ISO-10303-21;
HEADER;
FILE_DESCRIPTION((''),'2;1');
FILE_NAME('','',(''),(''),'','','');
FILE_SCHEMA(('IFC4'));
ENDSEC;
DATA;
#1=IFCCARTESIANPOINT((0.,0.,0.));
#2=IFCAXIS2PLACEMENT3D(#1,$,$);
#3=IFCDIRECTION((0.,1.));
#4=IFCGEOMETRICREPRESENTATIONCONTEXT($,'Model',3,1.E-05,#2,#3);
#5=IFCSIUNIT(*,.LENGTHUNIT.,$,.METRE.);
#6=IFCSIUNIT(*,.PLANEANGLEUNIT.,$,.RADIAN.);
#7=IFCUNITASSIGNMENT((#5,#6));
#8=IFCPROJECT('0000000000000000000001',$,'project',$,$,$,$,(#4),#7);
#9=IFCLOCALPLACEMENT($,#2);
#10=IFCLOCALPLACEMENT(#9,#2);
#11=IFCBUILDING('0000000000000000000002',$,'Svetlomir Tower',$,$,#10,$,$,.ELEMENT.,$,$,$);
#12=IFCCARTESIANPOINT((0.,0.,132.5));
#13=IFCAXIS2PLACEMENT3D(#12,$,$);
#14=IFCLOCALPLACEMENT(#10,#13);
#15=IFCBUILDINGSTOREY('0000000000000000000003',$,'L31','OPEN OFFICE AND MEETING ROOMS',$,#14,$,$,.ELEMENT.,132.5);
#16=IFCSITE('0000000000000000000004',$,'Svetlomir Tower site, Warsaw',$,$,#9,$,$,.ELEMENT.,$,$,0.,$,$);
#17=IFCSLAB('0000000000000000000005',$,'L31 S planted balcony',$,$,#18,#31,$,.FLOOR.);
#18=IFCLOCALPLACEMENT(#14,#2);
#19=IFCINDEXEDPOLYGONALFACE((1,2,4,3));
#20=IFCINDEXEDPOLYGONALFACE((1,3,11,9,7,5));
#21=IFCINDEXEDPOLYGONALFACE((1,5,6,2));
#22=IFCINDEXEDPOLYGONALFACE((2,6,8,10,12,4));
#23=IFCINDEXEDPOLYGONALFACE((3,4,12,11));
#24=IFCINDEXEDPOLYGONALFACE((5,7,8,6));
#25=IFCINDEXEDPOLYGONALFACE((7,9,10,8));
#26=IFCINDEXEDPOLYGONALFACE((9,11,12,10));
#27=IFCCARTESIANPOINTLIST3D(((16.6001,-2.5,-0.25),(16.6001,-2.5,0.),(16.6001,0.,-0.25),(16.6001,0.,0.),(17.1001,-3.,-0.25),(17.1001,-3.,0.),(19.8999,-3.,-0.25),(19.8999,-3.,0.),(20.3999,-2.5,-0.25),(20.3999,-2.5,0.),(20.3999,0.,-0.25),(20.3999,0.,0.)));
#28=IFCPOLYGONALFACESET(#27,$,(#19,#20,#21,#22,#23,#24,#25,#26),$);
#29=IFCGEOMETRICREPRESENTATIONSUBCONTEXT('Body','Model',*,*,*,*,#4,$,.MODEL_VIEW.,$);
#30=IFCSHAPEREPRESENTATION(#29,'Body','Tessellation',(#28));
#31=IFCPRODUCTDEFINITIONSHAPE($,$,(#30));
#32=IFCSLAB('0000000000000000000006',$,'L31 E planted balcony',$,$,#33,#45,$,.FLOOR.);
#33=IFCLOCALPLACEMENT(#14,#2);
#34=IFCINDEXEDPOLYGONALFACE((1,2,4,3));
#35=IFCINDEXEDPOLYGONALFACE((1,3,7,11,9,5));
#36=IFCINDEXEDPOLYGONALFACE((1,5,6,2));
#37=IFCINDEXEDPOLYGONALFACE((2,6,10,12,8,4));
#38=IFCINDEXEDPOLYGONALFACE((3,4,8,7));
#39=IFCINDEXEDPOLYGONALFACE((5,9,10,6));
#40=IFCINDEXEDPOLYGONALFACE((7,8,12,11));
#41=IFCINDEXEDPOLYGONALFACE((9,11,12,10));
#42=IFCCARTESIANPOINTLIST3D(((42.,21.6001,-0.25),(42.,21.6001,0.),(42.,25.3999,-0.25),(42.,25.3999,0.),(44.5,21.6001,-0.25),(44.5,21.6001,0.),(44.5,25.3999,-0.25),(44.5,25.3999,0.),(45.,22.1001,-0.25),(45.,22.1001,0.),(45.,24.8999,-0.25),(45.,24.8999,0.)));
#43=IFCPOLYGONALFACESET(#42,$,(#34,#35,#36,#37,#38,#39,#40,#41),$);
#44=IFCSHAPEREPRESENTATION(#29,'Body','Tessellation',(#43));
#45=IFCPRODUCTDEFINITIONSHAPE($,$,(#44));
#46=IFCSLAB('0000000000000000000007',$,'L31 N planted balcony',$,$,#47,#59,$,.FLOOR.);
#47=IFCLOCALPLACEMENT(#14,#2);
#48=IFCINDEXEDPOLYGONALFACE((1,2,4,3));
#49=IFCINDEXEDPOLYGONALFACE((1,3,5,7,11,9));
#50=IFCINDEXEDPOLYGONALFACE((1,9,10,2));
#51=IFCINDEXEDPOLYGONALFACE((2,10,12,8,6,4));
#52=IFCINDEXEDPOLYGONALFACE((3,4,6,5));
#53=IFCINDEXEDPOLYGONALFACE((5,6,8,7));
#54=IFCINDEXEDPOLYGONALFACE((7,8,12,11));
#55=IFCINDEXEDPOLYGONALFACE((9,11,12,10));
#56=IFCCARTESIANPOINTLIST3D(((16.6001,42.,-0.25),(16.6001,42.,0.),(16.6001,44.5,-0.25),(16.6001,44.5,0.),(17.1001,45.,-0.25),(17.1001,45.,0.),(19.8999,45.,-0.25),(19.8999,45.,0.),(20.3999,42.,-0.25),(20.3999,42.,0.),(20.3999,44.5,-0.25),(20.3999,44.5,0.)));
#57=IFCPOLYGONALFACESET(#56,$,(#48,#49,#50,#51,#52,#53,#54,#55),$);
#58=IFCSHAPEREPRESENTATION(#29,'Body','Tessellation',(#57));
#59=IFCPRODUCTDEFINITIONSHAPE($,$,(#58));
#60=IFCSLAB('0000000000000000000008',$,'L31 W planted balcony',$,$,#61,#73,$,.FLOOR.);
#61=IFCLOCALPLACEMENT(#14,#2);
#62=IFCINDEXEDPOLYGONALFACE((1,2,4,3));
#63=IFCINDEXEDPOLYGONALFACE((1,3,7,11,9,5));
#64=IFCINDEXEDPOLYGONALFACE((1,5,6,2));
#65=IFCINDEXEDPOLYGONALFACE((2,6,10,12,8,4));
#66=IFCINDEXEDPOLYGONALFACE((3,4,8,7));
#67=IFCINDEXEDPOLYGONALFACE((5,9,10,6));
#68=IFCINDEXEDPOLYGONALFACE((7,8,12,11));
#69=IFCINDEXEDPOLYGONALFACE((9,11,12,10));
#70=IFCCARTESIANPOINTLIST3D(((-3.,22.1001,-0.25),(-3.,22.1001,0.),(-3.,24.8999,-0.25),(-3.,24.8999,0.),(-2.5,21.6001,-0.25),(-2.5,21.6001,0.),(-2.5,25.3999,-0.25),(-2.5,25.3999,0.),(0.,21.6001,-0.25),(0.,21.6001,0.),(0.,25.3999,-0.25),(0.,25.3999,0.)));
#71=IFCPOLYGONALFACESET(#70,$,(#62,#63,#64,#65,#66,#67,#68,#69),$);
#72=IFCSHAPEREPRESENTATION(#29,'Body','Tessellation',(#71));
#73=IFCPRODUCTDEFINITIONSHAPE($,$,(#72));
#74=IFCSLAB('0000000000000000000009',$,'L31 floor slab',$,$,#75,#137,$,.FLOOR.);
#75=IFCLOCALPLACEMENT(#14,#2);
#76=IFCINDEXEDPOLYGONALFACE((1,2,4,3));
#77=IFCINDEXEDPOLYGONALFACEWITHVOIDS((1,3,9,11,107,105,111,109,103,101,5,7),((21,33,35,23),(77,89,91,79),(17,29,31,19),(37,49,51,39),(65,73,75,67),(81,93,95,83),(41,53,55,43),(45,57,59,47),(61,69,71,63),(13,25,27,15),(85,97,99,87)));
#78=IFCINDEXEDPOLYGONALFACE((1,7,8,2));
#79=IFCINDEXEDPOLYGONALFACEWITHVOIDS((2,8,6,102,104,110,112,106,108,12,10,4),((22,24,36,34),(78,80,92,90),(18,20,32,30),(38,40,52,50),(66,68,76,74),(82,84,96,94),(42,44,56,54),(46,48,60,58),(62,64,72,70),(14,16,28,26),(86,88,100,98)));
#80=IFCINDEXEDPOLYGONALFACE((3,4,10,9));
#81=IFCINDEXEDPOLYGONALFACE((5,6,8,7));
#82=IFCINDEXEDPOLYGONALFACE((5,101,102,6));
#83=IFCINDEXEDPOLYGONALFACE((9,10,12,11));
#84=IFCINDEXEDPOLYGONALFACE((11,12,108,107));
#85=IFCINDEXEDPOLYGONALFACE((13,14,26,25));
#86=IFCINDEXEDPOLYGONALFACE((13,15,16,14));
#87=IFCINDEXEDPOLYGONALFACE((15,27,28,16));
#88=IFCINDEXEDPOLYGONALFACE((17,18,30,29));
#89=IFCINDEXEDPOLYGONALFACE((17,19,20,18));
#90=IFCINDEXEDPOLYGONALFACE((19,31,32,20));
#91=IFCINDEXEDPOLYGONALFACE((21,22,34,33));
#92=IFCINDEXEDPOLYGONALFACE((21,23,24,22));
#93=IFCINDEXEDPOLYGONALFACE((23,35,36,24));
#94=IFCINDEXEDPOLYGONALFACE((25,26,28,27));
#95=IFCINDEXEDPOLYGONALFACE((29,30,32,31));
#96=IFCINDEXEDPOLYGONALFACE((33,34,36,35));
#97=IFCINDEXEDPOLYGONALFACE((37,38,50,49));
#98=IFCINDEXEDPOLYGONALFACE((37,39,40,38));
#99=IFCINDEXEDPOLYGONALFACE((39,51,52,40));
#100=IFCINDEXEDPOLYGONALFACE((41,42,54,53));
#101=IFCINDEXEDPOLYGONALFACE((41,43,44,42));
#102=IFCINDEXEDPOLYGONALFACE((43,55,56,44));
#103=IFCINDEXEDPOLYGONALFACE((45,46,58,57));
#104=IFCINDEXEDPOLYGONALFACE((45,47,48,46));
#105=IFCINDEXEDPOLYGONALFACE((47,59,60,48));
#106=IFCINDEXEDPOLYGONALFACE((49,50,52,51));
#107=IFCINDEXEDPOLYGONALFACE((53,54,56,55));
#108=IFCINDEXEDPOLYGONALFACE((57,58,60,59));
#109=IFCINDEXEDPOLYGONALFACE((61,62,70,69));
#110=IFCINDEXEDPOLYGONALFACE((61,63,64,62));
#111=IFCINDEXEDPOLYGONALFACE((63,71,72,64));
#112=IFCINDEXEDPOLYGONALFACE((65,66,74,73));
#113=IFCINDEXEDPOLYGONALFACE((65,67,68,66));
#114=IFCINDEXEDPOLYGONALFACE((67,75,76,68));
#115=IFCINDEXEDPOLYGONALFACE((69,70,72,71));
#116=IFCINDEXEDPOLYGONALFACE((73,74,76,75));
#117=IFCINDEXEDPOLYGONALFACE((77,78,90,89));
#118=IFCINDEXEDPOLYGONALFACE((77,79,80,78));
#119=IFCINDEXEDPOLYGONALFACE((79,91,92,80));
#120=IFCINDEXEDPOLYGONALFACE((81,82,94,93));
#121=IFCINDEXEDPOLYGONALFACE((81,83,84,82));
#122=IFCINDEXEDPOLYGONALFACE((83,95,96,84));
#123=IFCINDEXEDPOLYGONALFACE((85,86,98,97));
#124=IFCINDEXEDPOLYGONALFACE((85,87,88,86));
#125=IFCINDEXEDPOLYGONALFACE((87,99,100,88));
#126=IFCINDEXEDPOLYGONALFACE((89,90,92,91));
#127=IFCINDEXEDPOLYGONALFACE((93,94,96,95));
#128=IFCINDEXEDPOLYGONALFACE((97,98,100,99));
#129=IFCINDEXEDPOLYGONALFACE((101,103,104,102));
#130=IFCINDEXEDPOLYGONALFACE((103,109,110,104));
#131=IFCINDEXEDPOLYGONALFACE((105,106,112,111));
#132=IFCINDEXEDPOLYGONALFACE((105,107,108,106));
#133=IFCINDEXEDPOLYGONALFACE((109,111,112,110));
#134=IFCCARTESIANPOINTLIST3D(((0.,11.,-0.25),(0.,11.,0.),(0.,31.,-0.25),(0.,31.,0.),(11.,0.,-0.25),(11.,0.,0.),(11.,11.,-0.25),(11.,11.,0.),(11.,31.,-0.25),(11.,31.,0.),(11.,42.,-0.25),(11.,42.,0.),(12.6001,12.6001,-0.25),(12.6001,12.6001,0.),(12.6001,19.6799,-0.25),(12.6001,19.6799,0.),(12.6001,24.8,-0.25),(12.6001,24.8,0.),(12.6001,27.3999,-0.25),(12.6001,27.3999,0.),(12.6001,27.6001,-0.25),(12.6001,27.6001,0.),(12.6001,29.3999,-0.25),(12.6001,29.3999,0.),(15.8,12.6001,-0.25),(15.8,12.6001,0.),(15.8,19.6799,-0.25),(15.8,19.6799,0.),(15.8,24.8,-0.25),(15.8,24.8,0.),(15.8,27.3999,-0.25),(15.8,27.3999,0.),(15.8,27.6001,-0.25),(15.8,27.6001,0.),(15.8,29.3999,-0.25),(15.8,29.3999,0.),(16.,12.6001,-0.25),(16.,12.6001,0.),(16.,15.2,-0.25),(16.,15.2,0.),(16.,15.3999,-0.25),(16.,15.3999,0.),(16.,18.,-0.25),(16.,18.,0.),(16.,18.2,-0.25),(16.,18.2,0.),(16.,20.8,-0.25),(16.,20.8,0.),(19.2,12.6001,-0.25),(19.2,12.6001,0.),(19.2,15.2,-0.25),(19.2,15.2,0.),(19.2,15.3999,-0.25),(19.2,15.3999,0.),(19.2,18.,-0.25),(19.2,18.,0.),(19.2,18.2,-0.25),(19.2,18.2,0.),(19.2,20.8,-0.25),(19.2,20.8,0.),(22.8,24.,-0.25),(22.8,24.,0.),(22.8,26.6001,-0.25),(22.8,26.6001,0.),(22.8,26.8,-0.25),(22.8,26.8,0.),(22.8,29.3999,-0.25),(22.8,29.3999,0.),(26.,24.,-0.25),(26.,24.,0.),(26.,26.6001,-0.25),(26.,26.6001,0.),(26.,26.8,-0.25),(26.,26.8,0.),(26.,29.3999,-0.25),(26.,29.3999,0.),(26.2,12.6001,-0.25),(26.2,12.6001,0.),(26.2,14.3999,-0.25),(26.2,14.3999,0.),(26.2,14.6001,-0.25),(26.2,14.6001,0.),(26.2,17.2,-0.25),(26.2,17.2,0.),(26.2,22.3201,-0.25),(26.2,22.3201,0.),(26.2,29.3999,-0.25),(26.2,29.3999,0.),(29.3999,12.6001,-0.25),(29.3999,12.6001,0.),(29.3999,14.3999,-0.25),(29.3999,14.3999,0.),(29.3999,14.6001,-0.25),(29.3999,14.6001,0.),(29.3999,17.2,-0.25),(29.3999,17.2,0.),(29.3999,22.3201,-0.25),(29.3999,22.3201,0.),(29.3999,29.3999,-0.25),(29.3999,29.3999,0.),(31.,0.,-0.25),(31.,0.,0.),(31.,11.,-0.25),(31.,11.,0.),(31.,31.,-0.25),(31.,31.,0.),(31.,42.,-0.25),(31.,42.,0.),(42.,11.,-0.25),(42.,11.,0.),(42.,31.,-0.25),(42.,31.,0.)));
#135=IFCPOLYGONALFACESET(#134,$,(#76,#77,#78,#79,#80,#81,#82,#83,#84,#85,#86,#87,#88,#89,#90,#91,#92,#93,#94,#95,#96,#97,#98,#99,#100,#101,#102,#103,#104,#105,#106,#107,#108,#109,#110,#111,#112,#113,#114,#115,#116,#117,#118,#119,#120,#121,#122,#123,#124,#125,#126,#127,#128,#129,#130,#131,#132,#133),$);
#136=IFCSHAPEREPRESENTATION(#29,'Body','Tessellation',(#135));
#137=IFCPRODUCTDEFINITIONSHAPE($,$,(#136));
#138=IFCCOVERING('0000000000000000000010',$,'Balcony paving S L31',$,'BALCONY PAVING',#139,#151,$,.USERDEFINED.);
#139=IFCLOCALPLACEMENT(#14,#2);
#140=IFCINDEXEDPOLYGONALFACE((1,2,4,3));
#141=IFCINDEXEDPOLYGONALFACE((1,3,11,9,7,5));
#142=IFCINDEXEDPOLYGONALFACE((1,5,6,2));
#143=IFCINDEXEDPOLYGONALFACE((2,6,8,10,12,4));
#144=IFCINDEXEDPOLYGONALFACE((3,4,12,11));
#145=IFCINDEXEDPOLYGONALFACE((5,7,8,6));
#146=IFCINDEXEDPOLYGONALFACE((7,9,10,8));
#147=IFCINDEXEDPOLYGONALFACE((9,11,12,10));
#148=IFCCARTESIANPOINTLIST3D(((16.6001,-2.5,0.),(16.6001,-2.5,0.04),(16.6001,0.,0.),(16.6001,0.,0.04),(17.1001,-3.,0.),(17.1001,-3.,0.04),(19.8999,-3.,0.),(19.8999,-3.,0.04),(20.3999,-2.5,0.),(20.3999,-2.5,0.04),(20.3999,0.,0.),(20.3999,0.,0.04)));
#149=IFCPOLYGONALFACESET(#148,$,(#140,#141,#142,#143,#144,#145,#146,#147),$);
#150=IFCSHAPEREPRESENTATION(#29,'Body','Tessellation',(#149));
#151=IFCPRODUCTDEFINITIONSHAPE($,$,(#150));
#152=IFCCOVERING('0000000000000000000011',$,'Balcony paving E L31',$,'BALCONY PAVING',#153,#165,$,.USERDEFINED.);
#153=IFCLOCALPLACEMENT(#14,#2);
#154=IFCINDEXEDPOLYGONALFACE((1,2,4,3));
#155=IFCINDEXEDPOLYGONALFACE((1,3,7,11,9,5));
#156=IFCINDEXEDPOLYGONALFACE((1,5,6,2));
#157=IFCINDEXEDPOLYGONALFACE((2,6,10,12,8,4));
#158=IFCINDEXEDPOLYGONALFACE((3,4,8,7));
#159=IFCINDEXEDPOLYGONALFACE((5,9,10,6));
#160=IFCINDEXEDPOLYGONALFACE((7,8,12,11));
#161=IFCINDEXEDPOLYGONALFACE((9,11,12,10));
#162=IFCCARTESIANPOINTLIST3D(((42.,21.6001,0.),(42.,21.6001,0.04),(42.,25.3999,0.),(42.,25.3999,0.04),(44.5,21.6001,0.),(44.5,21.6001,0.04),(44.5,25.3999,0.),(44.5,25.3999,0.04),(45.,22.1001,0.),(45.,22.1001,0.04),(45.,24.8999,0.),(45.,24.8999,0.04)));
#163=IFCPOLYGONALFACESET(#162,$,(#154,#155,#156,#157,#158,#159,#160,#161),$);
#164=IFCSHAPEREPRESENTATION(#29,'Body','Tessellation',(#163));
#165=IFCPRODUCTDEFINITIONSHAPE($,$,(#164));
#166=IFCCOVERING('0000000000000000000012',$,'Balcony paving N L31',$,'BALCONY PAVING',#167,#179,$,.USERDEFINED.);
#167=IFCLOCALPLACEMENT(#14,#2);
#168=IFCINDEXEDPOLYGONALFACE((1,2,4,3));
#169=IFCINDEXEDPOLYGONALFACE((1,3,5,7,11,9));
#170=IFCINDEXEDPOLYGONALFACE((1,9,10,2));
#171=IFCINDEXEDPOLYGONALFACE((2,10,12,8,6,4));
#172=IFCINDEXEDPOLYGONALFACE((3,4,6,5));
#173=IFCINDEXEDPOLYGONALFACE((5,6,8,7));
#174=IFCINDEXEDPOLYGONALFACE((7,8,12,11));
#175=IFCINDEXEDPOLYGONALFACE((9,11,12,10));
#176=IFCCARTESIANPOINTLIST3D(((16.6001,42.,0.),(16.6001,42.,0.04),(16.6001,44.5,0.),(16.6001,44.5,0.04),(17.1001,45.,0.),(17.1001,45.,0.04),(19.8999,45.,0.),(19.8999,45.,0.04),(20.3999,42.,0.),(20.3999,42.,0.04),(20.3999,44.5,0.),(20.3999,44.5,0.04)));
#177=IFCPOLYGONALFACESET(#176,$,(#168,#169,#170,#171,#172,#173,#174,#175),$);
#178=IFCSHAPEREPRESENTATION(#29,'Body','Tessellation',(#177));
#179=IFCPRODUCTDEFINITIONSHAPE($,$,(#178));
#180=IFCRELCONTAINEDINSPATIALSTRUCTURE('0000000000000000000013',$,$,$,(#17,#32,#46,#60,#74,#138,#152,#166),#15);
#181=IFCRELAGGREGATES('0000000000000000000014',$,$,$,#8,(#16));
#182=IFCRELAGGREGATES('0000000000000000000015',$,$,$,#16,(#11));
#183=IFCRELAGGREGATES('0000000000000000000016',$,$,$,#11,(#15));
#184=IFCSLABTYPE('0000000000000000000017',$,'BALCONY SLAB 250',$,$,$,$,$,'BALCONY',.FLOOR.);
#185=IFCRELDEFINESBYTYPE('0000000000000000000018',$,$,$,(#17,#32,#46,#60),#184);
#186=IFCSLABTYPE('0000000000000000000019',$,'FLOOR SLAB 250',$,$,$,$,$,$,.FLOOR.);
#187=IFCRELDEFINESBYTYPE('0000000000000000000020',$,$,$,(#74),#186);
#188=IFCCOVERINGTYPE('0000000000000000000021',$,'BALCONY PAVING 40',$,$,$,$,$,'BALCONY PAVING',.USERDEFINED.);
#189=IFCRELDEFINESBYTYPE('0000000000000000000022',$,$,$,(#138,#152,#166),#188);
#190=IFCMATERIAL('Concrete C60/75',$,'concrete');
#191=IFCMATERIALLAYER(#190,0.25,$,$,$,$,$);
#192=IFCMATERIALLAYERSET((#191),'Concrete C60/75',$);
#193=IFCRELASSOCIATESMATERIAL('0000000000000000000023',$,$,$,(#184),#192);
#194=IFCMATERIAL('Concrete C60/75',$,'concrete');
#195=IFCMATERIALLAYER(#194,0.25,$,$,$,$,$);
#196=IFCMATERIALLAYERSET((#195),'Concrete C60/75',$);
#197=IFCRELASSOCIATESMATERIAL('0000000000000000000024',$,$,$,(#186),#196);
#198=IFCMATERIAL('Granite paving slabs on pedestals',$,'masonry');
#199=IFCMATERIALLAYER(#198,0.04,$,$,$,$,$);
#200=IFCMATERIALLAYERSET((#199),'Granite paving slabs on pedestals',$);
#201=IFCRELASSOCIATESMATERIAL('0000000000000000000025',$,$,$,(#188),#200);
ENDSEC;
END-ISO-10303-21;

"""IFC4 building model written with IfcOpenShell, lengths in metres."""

from ifc_helpers import new_model, si_unit, direction, frame, origin, place, context, subcontext, project, spatial, polyline, outline, extrude, material, layer, layer_set, type_object, element, save


model = new_model("IFC4")

# Units and contexts
model_context = context("Model", 3, precision=1e-05, world=origin(), true_north=direction((0.0, 1.0)))
body_context = subcontext(model_context, "Body", "Model", "MODEL_VIEW")
ifc_project = project(units=[si_unit("LENGTHUNIT", "METRE"), si_unit("PLANEANGLEUNIT", "RADIAN")], contexts=[model_context])

# Site, building, storey
site_placement = place(None, origin())
site = spatial("IfcSite", under=ifc_project, at=site_placement, Name="Svetlomir Tower site, Warsaw", CompositionType="ELEMENT", RefElevation=0.0)
building_placement = place(site_placement, origin())
building = spatial("IfcBuilding", under=site, at=building_placement, Name="Svetlomir Tower", CompositionType="ELEMENT")
storey_placement = place(building_placement, frame((0.0, 0.0, 132.5)))
storey = spatial("IfcBuildingStorey", under=building, at=storey_placement, Name="L31", Description="OPEN OFFICE AND MEETING ROOMS", CompositionType="ELEMENT", Elevation=132.5)

# Slabs
ifc_material_1 = material(Name="Concrete C60/75", Category="concrete")
ifc_layer_1 = layer(ifc_material_1, 0.25)
ifc_layer_set_1 = layer_set([ifc_layer_1], Name="Concrete C60/75")
slab_type_1 = type_object("IfcSlabType", Name="BALCONY SLAB 250", ElementType="BALCONY", PredefinedType="FLOOR", material=ifc_layer_set_1)
slab_1_placement = place(storey_placement, frame((0.0, 0.0, -0.25)))
element("IfcSlab", 1, at=slab_1_placement, inside=storey, type_object=slab_type_1, Name="L31 S planted balcony", PredefinedType="FLOOR", context=body_context, shape_type="SweptSolid", body=[
    extrude(outline(polyline([(16.6001, -2.5), (17.1001, -3.0), (19.8999, -3.0), (20.3999, -2.5), (20.3999, 0.0), (16.6001, 0.0), (16.6001, -2.5)])), origin(), (0.0, 0.0, 1.0), 0.25),
])
slab_2_placement = place(storey_placement, frame((0.0, 0.0, -0.25)))
element("IfcSlab", 2, at=slab_2_placement, inside=storey, type_object=slab_type_1, Name="L31 E planted balcony", PredefinedType="FLOOR", context=body_context, shape_type="SweptSolid", body=[
    extrude(outline(polyline([(42.0, 21.6001), (44.5, 21.6001), (45.0, 22.1001), (45.0, 24.8999), (44.5, 25.3999), (42.0, 25.3999), (42.0, 21.6001)])), origin(), (0.0, 0.0, 1.0), 0.25),
])
slab_3_placement = place(storey_placement, frame((0.0, 0.0, -0.25)))
element("IfcSlab", 3, at=slab_3_placement, inside=storey, type_object=slab_type_1, Name="L31 N planted balcony", PredefinedType="FLOOR", context=body_context, shape_type="SweptSolid", body=[
    extrude(outline(polyline([(16.6001, 42.0), (20.3999, 42.0), (20.3999, 44.5), (19.8999, 45.0), (17.1001, 45.0), (16.6001, 44.5), (16.6001, 42.0)])), origin(), (0.0, 0.0, 1.0), 0.25),
])
slab_4_placement = place(storey_placement, frame((0.0, 0.0, -0.25)))
element("IfcSlab", 4, at=slab_4_placement, inside=storey, type_object=slab_type_1, Name="L31 W planted balcony", PredefinedType="FLOOR", context=body_context, shape_type="SweptSolid", body=[
    extrude(outline(polyline([(-2.5, 21.6001), (0.0, 21.6001), (0.0, 25.3999), (-2.5, 25.3999), (-3.0, 24.8999), (-3.0, 22.1001), (-2.5, 21.6001)])), origin(), (0.0, 0.0, 1.0), 0.25),
])
ifc_material_2 = material(Name="Concrete C60/75", Category="concrete")
ifc_layer_2 = layer(ifc_material_2, 0.25)
ifc_layer_set_2 = layer_set([ifc_layer_2], Name="Concrete C60/75")
slab_type_2 = type_object("IfcSlabType", Name="FLOOR SLAB 250", PredefinedType="FLOOR", material=ifc_layer_set_2)
slab_5_placement = place(storey_placement, frame((0.0, 0.0, -0.25)))
element("IfcSlab", 5, at=slab_5_placement, inside=storey, type_object=slab_type_2, Name="L31 floor slab", PredefinedType="FLOOR", context=body_context, shape_type="SweptSolid", body=[
    extrude(outline(polyline([(11.0, 0.0), (31.0, 0.0), (31.0, 11.0), (42.0, 11.0), (42.0, 31.0), (31.0, 31.0), (31.0, 42.0), (11.0, 42.0), (11.0, 31.0), (0.0, 31.0), (0.0, 11.0), (11.0, 11.0), (11.0, 0.0)]), holes=[polyline([(12.6001, 24.8), (15.8, 24.8), (15.8, 27.3999), (12.6001, 27.3999), (12.6001, 24.8)]), polyline([(26.2, 14.6001), (29.3999, 14.6001), (29.3999, 17.2), (26.2, 17.2), (26.2, 14.6001)]), polyline([(16.0, 12.6001), (19.2, 12.6001), (19.2, 15.2), (16.0, 15.2), (16.0, 12.6001)]), polyline([(16.0, 15.3999), (19.2, 15.3999), (19.2, 18.0), (16.0, 18.0), (16.0, 15.3999)]), polyline([(16.0, 18.2), (19.2, 18.2), (19.2, 20.8), (16.0, 20.8), (16.0, 18.2)]), polyline([(22.8, 24.0), (26.0, 24.0), (26.0, 26.6001), (22.8, 26.6001), (22.8, 24.0)]), polyline([(22.8, 26.8), (26.0, 26.8), (26.0, 29.3999), (22.8, 29.3999), (22.8, 26.8)]), polyline([(12.6001, 27.6001), (15.8, 27.6001), (15.8, 29.3999), (12.6001, 29.3999), (12.6001, 27.6001)]), polyline([(26.2, 12.6001), (29.3999, 12.6001), (29.3999, 14.3999), (26.2, 14.3999), (26.2, 12.6001)]), polyline([(12.6001, 12.6001), (15.8, 12.6001), (15.8, 19.6799), (12.6001, 19.6799), (12.6001, 12.6001)]), polyline([(26.2, 22.3201), (29.3999, 22.3201), (29.3999, 29.3999), (26.2, 29.3999), (26.2, 22.3201)])]), origin(), (0.0, 0.0, 1.0), 0.25),
])

# Coverings
ifc_material_3 = material(Name="Granite paving slabs on pedestals", Category="masonry")
ifc_layer_3 = layer(ifc_material_3, 0.04)
ifc_layer_set_3 = layer_set([ifc_layer_3], Name="Granite paving slabs on pedestals")
covering_type_1 = type_object("IfcCoveringType", Name="BALCONY PAVING 40", ElementType="BALCONY PAVING", PredefinedType="USERDEFINED", material=ifc_layer_set_3)
covering_1_placement = place(storey_placement, origin())
element("IfcCovering", 6, at=covering_1_placement, inside=storey, type_object=covering_type_1, Name="Balcony paving S L31", ObjectType="BALCONY PAVING", PredefinedType="USERDEFINED", context=body_context, shape_type="SweptSolid", body=[
    extrude(outline(polyline([(16.6001, -2.5), (17.1001, -3.0), (19.8999, -3.0), (20.3999, -2.5), (20.3999, 0.0), (16.6001, 0.0), (16.6001, -2.5)])), origin(), (0.0, 0.0, 1.0), 0.04),
])
covering_2_placement = place(storey_placement, origin())
element("IfcCovering", 7, at=covering_2_placement, inside=storey, type_object=covering_type_1, Name="Balcony paving E L31", ObjectType="BALCONY PAVING", PredefinedType="USERDEFINED", context=body_context, shape_type="SweptSolid", body=[
    extrude(outline(polyline([(42.0, 21.6001), (44.5, 21.6001), (45.0, 22.1001), (45.0, 24.8999), (44.5, 25.3999), (42.0, 25.3999), (42.0, 21.6001)])), origin(), (0.0, 0.0, 1.0), 0.04),
])
covering_3_placement = place(storey_placement, origin())
element("IfcCovering", 8, at=covering_3_placement, inside=storey, type_object=covering_type_1, Name="Balcony paving N L31", ObjectType="BALCONY PAVING", PredefinedType="USERDEFINED", context=body_context, shape_type="SweptSolid", body=[
    extrude(outline(polyline([(16.6001, 42.0), (20.3999, 42.0), (20.3999, 44.5), (19.8999, 45.0), (17.1001, 45.0), (16.6001, 44.5), (16.6001, 42.0)])), origin(), (0.0, 0.0, 1.0), 0.04),
])

save(model, "model.ifc")
